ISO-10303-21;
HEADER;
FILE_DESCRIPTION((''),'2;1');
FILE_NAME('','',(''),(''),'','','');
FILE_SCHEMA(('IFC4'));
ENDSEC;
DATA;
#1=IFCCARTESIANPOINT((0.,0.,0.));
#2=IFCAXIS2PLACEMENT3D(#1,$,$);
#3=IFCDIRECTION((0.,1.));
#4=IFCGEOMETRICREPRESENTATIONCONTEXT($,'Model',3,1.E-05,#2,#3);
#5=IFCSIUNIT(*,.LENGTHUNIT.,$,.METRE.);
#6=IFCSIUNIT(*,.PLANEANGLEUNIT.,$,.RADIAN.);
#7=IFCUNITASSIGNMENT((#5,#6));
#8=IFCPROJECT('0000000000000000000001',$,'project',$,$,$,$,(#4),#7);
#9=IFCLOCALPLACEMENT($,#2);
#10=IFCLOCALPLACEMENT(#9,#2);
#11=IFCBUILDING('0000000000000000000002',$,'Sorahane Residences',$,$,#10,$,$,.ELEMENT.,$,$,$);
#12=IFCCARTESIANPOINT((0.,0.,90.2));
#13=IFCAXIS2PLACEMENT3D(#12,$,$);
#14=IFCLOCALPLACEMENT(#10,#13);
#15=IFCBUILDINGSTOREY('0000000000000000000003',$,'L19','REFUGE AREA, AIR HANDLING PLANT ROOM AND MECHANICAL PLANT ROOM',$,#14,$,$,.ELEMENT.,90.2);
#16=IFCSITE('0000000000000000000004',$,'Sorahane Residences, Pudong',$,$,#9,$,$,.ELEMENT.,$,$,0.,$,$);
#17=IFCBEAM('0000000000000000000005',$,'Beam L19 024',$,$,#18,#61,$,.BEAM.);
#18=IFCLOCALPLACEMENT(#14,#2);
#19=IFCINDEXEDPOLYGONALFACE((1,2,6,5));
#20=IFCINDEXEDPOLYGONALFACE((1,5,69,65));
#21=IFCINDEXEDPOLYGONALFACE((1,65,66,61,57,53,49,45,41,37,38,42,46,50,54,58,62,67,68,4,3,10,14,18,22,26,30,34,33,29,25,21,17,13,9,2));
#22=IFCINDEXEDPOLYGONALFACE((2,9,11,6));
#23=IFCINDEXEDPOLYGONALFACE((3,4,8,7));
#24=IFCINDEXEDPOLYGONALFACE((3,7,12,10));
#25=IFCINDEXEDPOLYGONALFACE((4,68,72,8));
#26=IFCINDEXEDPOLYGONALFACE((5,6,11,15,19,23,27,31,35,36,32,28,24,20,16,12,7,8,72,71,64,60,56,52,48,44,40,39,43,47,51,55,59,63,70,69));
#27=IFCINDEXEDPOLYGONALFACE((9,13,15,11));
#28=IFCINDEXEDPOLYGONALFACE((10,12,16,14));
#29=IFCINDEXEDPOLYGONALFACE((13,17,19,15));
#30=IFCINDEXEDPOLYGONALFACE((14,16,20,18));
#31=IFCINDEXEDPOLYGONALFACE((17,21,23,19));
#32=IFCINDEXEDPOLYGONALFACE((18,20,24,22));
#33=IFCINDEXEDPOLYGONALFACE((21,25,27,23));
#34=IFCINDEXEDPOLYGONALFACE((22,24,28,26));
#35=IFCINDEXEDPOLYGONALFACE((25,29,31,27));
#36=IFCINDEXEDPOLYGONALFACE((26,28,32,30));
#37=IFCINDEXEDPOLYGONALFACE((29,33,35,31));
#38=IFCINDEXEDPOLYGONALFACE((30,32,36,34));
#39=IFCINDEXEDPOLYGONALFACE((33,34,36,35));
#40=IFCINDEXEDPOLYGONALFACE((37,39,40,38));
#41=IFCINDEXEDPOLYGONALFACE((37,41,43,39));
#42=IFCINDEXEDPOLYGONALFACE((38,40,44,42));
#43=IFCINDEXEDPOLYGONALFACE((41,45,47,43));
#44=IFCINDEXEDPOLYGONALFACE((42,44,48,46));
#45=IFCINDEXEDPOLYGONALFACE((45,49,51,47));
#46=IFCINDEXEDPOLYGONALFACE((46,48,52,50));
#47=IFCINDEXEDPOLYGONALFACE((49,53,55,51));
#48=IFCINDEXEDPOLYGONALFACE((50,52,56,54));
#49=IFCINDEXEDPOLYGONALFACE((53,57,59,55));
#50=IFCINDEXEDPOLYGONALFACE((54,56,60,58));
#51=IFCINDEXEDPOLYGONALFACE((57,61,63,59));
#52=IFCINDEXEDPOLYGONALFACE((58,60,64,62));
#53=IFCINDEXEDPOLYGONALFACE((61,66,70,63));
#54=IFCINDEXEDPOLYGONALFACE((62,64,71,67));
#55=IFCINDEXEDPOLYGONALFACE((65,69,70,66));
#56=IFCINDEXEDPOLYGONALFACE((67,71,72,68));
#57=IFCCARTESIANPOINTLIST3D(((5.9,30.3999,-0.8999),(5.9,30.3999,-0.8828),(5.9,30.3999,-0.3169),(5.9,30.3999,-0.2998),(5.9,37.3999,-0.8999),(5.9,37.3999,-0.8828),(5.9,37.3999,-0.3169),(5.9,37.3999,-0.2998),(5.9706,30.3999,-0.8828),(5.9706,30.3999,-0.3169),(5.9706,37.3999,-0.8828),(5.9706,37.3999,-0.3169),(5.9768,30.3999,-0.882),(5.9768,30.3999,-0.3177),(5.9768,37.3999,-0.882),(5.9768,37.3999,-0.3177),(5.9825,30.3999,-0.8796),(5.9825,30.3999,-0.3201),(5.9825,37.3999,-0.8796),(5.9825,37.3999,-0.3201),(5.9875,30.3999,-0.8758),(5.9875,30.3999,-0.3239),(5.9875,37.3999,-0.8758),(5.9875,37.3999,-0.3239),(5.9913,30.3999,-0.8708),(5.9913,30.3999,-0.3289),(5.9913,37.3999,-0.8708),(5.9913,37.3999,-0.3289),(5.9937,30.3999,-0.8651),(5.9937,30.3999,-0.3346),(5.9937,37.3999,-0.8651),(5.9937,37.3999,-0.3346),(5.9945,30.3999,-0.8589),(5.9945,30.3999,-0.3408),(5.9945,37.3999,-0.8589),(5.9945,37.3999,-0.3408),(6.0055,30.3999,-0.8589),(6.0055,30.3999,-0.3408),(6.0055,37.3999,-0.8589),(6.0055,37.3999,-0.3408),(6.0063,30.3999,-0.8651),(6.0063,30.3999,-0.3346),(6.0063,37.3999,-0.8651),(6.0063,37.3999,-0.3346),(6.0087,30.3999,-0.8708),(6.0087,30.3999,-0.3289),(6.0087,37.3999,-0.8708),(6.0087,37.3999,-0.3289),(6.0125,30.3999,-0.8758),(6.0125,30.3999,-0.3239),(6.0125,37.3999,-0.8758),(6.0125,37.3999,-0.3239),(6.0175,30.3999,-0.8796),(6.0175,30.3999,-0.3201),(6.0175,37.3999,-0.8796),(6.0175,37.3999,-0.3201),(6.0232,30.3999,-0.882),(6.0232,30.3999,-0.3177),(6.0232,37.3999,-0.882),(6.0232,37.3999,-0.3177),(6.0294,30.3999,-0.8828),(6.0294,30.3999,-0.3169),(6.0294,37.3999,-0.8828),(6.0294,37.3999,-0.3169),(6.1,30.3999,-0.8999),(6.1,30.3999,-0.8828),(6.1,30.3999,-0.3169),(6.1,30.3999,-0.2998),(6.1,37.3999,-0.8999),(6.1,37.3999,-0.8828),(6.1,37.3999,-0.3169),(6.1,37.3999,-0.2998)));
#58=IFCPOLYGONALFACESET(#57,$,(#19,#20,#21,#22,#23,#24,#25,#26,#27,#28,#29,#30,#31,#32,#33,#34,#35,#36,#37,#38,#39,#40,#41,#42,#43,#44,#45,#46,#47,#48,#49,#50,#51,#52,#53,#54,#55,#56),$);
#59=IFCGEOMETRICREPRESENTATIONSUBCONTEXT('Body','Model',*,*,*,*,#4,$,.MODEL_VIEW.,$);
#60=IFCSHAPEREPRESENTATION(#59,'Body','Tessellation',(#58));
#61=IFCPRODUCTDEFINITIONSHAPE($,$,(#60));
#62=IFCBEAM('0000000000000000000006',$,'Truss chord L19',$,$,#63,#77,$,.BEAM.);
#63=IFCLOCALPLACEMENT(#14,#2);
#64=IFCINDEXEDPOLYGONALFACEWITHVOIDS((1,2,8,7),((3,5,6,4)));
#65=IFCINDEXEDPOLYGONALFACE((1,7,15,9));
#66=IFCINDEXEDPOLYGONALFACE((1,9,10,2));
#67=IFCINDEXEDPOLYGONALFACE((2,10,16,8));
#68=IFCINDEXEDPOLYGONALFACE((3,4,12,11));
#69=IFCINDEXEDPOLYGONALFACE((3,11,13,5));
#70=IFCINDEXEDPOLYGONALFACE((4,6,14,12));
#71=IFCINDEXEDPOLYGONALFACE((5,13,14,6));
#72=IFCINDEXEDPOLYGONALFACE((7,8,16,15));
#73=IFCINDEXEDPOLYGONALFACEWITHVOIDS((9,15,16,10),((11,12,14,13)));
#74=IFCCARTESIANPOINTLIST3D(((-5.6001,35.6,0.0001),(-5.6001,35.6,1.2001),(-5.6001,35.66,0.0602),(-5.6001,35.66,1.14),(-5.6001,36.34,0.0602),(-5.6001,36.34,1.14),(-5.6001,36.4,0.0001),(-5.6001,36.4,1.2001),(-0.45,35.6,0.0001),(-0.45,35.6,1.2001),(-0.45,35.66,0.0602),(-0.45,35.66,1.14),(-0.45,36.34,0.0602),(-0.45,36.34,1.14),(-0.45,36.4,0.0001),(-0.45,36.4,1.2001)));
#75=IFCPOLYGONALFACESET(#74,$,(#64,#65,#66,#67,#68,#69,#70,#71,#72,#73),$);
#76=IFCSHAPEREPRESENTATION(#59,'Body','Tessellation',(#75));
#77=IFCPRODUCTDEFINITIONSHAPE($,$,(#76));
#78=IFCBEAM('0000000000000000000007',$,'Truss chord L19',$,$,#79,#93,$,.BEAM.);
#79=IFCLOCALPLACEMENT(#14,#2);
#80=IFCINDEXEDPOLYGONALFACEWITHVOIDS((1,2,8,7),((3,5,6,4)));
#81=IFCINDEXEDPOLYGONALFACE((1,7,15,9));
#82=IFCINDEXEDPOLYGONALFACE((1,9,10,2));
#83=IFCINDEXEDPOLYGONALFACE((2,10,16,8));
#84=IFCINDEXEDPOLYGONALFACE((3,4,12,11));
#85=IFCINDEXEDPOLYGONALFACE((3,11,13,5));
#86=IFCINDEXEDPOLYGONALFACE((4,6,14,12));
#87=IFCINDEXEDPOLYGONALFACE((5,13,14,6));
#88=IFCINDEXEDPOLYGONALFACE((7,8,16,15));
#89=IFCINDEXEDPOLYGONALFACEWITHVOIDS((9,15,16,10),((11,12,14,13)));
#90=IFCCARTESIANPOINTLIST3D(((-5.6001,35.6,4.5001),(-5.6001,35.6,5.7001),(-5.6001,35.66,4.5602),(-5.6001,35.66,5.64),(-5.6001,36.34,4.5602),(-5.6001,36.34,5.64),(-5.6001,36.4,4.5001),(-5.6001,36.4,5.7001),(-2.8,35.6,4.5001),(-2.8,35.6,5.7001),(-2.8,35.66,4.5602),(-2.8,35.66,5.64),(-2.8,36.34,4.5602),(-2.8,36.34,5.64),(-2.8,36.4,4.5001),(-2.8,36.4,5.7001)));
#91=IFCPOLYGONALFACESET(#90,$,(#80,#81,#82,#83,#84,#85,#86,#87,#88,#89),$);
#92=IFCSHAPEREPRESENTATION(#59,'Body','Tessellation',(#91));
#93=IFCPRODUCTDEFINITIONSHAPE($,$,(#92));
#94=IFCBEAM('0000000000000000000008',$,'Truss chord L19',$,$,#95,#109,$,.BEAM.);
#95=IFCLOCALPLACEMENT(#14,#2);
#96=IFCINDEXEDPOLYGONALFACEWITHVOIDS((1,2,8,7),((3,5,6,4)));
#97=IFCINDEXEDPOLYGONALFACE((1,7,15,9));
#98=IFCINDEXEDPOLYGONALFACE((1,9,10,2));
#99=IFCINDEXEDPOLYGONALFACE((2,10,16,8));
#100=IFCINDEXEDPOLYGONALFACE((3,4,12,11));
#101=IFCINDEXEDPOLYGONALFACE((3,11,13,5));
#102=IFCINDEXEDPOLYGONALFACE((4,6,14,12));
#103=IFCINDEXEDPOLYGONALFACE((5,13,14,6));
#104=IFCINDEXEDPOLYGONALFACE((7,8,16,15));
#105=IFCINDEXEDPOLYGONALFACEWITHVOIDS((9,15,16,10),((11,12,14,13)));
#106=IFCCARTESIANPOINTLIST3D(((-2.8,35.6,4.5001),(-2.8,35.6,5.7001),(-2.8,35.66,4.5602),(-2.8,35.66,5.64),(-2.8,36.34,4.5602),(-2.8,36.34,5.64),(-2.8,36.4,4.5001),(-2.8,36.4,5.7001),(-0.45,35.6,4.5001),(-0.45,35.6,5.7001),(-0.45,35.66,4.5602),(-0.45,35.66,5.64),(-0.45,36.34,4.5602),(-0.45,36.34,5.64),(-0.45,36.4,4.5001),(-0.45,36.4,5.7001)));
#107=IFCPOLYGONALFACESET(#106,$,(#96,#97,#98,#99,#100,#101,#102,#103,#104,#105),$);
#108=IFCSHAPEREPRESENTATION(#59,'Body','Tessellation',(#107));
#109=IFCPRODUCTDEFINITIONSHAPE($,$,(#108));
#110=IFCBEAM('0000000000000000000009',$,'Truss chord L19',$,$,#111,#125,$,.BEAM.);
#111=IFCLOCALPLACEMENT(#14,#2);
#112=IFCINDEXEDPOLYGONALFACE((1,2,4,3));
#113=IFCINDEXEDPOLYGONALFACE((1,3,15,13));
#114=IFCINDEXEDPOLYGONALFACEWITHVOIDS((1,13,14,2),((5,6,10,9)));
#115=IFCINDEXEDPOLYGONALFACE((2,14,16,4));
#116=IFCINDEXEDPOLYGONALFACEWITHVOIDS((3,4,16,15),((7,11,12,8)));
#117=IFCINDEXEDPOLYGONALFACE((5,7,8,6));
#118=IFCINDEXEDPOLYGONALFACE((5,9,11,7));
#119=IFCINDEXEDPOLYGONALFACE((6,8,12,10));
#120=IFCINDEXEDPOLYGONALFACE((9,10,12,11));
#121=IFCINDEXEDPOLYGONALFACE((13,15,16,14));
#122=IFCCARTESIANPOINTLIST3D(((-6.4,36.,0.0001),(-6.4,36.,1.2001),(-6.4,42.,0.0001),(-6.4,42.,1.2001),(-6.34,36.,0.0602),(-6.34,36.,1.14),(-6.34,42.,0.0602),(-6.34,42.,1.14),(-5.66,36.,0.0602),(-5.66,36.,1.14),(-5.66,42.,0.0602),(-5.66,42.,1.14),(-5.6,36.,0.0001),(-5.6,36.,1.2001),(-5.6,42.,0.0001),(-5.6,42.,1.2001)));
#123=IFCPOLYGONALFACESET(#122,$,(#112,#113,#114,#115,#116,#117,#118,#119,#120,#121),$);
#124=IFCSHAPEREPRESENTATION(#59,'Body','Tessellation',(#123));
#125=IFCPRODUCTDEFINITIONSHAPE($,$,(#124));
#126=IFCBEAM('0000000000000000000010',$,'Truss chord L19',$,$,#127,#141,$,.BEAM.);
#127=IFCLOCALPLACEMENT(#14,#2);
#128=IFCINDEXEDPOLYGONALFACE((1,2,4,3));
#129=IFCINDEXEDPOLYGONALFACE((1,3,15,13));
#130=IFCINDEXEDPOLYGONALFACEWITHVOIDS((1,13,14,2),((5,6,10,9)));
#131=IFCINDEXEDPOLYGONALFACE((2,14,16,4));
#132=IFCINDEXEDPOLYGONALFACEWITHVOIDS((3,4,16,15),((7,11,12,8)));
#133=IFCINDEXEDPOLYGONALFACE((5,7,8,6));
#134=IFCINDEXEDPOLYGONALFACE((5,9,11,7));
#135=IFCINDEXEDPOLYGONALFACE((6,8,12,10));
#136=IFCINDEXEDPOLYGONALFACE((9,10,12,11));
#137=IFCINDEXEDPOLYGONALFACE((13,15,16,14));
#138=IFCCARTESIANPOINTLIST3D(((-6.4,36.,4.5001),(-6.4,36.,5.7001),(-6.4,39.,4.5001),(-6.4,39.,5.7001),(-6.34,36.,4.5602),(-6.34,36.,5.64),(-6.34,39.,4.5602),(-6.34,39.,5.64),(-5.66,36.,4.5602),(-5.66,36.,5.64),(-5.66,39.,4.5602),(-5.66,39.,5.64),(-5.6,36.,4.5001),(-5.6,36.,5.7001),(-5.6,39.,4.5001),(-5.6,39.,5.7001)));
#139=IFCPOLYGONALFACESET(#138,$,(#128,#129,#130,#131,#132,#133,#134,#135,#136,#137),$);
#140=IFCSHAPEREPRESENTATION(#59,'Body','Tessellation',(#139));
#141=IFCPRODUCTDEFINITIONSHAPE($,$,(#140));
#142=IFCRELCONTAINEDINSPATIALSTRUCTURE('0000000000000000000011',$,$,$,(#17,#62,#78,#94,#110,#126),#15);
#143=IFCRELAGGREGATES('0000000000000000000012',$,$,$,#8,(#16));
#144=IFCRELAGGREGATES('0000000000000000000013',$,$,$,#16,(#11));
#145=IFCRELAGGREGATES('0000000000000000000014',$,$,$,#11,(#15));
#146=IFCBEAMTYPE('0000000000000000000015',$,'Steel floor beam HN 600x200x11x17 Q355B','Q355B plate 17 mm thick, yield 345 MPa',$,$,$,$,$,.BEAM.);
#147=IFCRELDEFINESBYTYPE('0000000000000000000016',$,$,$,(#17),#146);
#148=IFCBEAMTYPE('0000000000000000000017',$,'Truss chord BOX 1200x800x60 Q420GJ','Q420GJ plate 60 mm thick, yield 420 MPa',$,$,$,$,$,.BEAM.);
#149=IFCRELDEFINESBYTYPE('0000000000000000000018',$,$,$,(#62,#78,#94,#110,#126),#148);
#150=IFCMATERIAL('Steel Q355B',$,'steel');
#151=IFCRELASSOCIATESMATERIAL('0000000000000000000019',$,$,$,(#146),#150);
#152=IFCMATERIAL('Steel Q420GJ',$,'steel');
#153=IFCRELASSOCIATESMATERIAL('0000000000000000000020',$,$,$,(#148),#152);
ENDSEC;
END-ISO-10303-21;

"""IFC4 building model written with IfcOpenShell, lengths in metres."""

from ifc_helpers import new_model, si_unit, direction, frame, origin, origin_2d, place, context, subcontext, project, spatial, hollow_rectangle, i_section, extrude, material, material_profile, profile_set, type_object, element, save


model = new_model("IFC4")

# Units and contexts
model_context = context("Model", 3, precision=1e-05, world=origin(), true_north=direction((0.0, 1.0)))
body_context = subcontext(model_context, "Body", "Model", "MODEL_VIEW")
ifc_project = project(units=[si_unit("LENGTHUNIT", "METRE"), si_unit("PLANEANGLEUNIT", "RADIAN")], contexts=[model_context])

# Site, building, storey
site_placement = place(None, origin())
site = spatial("IfcSite", under=ifc_project, at=site_placement, Name="Sorahane Residences, Pudong", CompositionType="ELEMENT", RefElevation=0.0)
building_placement = place(site_placement, origin())
building = spatial("IfcBuilding", under=site, at=building_placement, Name="Sorahane Residences", CompositionType="ELEMENT")
storey_placement = place(building_placement, frame((0.0, 0.0, 90.2)))
storey = spatial("IfcBuildingStorey", under=building, at=storey_placement, Name="L19", Description="REFUGE AREA, AIR HANDLING PLANT ROOM AND MECHANICAL PLANT ROOM", CompositionType="ELEMENT", Elevation=90.2)

# Beams
ifc_material_1 = material(Name="Steel Q355B", Category="steel")
ifc_material_profile_1 = material_profile(ifc_material_1, i_section(OverallWidth=0.2, OverallDepth=0.6001, WebThickness=0.011, FlangeThickness=0.0171, FilletRadius=0.0239, at=origin_2d()), Name="HN 600x200x11x17")
ifc_profile_set_1 = profile_set([ifc_material_profile_1], Name="Steel Q355B")
beam_type_1 = type_object("IfcBeamType", Name="Steel floor beam HN 600x200x11x17 Q355B", Description="Q355B plate 17 mm thick, yield 345 MPa", PredefinedType="BEAM", material=ifc_profile_set_1)
beam_1_placement = place(storey_placement, frame((6.0, 30.3999, -0.5999), z_axis=(0.0, 1.0, 0.0), x_axis=(-1.0, 0.0, 0.0)))
element("IfcBeam", 1, at=beam_1_placement, inside=storey, type_object=beam_type_1, Name="Beam L19 024", PredefinedType="BEAM", context=body_context, shape_type="SweptSolid", body=[
    extrude(i_section(OverallWidth=0.2, OverallDepth=0.6001, WebThickness=0.011, FlangeThickness=0.0171, FilletRadius=0.0239, at=origin_2d()), origin(), (0.0, 0.0, 1.0), 7.0),
])
ifc_material_2 = material(Name="Steel Q420GJ", Category="steel")
ifc_material_profile_2 = material_profile(ifc_material_2, hollow_rectangle(XDim=0.8, YDim=1.2, WallThickness=0.0601, at=origin_2d()), Name="BOX 1200x800x60")
ifc_profile_set_2 = profile_set([ifc_material_profile_2], Name="Steel Q420GJ")
beam_type_2 = type_object("IfcBeamType", Name="Truss chord BOX 1200x800x60 Q420GJ", Description="Q420GJ plate 60 mm thick, yield 420 MPa", PredefinedType="BEAM", material=ifc_profile_set_2)
beam_2_placement = place(storey_placement, frame((-5.6001, 36.0, 0.6001), z_axis=(1.0, 0.0, 0.0), x_axis=(0.0, 1.0, 0.0)))
element("IfcBeam", 2, at=beam_2_placement, inside=storey, type_object=beam_type_2, Name="Truss chord L19", PredefinedType="BEAM", context=body_context, shape_type="SweptSolid", body=[
    extrude(hollow_rectangle(XDim=0.8, YDim=1.2, WallThickness=0.0601, at=origin_2d()), origin(), (0.0, 0.0, 1.0), 5.1501),
])
beam_3_placement = place(storey_placement, frame((-5.6001, 36.0, 5.1001), z_axis=(1.0, 0.0, 0.0), x_axis=(0.0, 1.0, 0.0)))
element("IfcBeam", 3, at=beam_3_placement, inside=storey, type_object=beam_type_2, Name="Truss chord L19", PredefinedType="BEAM", context=body_context, shape_type="SweptSolid", body=[
    extrude(hollow_rectangle(XDim=0.8, YDim=1.2, WallThickness=0.0601, at=origin_2d()), origin(), (0.0, 0.0, 1.0), 2.8),
])
beam_4_placement = place(storey_placement, frame((-2.8, 36.0, 5.1001), z_axis=(1.0, 0.0, 0.0), x_axis=(0.0, 1.0, 0.0)))
element("IfcBeam", 4, at=beam_4_placement, inside=storey, type_object=beam_type_2, Name="Truss chord L19", PredefinedType="BEAM", context=body_context, shape_type="SweptSolid", body=[
    extrude(hollow_rectangle(XDim=0.8, YDim=1.2, WallThickness=0.0601, at=origin_2d()), origin(), (0.0, 0.0, 1.0), 2.3501),
])
beam_5_placement = place(storey_placement, frame((-6.0, 36.0, 0.6001), z_axis=(0.0, 1.0, 0.0), x_axis=(-1.0, 0.0, 0.0)))
element("IfcBeam", 5, at=beam_5_placement, inside=storey, type_object=beam_type_2, Name="Truss chord L19", PredefinedType="BEAM", context=body_context, shape_type="SweptSolid", body=[
    extrude(hollow_rectangle(XDim=0.8, YDim=1.2, WallThickness=0.0601, at=origin_2d()), origin(), (0.0, 0.0, 1.0), 6.0),
])
beam_6_placement = place(storey_placement, frame((-6.0, 36.0, 5.1001), z_axis=(0.0, 1.0, 0.0), x_axis=(-1.0, 0.0, 0.0)))
element("IfcBeam", 6, at=beam_6_placement, inside=storey, type_object=beam_type_2, Name="Truss chord L19", PredefinedType="BEAM", context=body_context, shape_type="SweptSolid", body=[
    extrude(hollow_rectangle(XDim=0.8, YDim=1.2, WallThickness=0.0601, at=origin_2d()), origin(), (0.0, 0.0, 1.0), 3.0),
])

save(model, "model.ifc")
